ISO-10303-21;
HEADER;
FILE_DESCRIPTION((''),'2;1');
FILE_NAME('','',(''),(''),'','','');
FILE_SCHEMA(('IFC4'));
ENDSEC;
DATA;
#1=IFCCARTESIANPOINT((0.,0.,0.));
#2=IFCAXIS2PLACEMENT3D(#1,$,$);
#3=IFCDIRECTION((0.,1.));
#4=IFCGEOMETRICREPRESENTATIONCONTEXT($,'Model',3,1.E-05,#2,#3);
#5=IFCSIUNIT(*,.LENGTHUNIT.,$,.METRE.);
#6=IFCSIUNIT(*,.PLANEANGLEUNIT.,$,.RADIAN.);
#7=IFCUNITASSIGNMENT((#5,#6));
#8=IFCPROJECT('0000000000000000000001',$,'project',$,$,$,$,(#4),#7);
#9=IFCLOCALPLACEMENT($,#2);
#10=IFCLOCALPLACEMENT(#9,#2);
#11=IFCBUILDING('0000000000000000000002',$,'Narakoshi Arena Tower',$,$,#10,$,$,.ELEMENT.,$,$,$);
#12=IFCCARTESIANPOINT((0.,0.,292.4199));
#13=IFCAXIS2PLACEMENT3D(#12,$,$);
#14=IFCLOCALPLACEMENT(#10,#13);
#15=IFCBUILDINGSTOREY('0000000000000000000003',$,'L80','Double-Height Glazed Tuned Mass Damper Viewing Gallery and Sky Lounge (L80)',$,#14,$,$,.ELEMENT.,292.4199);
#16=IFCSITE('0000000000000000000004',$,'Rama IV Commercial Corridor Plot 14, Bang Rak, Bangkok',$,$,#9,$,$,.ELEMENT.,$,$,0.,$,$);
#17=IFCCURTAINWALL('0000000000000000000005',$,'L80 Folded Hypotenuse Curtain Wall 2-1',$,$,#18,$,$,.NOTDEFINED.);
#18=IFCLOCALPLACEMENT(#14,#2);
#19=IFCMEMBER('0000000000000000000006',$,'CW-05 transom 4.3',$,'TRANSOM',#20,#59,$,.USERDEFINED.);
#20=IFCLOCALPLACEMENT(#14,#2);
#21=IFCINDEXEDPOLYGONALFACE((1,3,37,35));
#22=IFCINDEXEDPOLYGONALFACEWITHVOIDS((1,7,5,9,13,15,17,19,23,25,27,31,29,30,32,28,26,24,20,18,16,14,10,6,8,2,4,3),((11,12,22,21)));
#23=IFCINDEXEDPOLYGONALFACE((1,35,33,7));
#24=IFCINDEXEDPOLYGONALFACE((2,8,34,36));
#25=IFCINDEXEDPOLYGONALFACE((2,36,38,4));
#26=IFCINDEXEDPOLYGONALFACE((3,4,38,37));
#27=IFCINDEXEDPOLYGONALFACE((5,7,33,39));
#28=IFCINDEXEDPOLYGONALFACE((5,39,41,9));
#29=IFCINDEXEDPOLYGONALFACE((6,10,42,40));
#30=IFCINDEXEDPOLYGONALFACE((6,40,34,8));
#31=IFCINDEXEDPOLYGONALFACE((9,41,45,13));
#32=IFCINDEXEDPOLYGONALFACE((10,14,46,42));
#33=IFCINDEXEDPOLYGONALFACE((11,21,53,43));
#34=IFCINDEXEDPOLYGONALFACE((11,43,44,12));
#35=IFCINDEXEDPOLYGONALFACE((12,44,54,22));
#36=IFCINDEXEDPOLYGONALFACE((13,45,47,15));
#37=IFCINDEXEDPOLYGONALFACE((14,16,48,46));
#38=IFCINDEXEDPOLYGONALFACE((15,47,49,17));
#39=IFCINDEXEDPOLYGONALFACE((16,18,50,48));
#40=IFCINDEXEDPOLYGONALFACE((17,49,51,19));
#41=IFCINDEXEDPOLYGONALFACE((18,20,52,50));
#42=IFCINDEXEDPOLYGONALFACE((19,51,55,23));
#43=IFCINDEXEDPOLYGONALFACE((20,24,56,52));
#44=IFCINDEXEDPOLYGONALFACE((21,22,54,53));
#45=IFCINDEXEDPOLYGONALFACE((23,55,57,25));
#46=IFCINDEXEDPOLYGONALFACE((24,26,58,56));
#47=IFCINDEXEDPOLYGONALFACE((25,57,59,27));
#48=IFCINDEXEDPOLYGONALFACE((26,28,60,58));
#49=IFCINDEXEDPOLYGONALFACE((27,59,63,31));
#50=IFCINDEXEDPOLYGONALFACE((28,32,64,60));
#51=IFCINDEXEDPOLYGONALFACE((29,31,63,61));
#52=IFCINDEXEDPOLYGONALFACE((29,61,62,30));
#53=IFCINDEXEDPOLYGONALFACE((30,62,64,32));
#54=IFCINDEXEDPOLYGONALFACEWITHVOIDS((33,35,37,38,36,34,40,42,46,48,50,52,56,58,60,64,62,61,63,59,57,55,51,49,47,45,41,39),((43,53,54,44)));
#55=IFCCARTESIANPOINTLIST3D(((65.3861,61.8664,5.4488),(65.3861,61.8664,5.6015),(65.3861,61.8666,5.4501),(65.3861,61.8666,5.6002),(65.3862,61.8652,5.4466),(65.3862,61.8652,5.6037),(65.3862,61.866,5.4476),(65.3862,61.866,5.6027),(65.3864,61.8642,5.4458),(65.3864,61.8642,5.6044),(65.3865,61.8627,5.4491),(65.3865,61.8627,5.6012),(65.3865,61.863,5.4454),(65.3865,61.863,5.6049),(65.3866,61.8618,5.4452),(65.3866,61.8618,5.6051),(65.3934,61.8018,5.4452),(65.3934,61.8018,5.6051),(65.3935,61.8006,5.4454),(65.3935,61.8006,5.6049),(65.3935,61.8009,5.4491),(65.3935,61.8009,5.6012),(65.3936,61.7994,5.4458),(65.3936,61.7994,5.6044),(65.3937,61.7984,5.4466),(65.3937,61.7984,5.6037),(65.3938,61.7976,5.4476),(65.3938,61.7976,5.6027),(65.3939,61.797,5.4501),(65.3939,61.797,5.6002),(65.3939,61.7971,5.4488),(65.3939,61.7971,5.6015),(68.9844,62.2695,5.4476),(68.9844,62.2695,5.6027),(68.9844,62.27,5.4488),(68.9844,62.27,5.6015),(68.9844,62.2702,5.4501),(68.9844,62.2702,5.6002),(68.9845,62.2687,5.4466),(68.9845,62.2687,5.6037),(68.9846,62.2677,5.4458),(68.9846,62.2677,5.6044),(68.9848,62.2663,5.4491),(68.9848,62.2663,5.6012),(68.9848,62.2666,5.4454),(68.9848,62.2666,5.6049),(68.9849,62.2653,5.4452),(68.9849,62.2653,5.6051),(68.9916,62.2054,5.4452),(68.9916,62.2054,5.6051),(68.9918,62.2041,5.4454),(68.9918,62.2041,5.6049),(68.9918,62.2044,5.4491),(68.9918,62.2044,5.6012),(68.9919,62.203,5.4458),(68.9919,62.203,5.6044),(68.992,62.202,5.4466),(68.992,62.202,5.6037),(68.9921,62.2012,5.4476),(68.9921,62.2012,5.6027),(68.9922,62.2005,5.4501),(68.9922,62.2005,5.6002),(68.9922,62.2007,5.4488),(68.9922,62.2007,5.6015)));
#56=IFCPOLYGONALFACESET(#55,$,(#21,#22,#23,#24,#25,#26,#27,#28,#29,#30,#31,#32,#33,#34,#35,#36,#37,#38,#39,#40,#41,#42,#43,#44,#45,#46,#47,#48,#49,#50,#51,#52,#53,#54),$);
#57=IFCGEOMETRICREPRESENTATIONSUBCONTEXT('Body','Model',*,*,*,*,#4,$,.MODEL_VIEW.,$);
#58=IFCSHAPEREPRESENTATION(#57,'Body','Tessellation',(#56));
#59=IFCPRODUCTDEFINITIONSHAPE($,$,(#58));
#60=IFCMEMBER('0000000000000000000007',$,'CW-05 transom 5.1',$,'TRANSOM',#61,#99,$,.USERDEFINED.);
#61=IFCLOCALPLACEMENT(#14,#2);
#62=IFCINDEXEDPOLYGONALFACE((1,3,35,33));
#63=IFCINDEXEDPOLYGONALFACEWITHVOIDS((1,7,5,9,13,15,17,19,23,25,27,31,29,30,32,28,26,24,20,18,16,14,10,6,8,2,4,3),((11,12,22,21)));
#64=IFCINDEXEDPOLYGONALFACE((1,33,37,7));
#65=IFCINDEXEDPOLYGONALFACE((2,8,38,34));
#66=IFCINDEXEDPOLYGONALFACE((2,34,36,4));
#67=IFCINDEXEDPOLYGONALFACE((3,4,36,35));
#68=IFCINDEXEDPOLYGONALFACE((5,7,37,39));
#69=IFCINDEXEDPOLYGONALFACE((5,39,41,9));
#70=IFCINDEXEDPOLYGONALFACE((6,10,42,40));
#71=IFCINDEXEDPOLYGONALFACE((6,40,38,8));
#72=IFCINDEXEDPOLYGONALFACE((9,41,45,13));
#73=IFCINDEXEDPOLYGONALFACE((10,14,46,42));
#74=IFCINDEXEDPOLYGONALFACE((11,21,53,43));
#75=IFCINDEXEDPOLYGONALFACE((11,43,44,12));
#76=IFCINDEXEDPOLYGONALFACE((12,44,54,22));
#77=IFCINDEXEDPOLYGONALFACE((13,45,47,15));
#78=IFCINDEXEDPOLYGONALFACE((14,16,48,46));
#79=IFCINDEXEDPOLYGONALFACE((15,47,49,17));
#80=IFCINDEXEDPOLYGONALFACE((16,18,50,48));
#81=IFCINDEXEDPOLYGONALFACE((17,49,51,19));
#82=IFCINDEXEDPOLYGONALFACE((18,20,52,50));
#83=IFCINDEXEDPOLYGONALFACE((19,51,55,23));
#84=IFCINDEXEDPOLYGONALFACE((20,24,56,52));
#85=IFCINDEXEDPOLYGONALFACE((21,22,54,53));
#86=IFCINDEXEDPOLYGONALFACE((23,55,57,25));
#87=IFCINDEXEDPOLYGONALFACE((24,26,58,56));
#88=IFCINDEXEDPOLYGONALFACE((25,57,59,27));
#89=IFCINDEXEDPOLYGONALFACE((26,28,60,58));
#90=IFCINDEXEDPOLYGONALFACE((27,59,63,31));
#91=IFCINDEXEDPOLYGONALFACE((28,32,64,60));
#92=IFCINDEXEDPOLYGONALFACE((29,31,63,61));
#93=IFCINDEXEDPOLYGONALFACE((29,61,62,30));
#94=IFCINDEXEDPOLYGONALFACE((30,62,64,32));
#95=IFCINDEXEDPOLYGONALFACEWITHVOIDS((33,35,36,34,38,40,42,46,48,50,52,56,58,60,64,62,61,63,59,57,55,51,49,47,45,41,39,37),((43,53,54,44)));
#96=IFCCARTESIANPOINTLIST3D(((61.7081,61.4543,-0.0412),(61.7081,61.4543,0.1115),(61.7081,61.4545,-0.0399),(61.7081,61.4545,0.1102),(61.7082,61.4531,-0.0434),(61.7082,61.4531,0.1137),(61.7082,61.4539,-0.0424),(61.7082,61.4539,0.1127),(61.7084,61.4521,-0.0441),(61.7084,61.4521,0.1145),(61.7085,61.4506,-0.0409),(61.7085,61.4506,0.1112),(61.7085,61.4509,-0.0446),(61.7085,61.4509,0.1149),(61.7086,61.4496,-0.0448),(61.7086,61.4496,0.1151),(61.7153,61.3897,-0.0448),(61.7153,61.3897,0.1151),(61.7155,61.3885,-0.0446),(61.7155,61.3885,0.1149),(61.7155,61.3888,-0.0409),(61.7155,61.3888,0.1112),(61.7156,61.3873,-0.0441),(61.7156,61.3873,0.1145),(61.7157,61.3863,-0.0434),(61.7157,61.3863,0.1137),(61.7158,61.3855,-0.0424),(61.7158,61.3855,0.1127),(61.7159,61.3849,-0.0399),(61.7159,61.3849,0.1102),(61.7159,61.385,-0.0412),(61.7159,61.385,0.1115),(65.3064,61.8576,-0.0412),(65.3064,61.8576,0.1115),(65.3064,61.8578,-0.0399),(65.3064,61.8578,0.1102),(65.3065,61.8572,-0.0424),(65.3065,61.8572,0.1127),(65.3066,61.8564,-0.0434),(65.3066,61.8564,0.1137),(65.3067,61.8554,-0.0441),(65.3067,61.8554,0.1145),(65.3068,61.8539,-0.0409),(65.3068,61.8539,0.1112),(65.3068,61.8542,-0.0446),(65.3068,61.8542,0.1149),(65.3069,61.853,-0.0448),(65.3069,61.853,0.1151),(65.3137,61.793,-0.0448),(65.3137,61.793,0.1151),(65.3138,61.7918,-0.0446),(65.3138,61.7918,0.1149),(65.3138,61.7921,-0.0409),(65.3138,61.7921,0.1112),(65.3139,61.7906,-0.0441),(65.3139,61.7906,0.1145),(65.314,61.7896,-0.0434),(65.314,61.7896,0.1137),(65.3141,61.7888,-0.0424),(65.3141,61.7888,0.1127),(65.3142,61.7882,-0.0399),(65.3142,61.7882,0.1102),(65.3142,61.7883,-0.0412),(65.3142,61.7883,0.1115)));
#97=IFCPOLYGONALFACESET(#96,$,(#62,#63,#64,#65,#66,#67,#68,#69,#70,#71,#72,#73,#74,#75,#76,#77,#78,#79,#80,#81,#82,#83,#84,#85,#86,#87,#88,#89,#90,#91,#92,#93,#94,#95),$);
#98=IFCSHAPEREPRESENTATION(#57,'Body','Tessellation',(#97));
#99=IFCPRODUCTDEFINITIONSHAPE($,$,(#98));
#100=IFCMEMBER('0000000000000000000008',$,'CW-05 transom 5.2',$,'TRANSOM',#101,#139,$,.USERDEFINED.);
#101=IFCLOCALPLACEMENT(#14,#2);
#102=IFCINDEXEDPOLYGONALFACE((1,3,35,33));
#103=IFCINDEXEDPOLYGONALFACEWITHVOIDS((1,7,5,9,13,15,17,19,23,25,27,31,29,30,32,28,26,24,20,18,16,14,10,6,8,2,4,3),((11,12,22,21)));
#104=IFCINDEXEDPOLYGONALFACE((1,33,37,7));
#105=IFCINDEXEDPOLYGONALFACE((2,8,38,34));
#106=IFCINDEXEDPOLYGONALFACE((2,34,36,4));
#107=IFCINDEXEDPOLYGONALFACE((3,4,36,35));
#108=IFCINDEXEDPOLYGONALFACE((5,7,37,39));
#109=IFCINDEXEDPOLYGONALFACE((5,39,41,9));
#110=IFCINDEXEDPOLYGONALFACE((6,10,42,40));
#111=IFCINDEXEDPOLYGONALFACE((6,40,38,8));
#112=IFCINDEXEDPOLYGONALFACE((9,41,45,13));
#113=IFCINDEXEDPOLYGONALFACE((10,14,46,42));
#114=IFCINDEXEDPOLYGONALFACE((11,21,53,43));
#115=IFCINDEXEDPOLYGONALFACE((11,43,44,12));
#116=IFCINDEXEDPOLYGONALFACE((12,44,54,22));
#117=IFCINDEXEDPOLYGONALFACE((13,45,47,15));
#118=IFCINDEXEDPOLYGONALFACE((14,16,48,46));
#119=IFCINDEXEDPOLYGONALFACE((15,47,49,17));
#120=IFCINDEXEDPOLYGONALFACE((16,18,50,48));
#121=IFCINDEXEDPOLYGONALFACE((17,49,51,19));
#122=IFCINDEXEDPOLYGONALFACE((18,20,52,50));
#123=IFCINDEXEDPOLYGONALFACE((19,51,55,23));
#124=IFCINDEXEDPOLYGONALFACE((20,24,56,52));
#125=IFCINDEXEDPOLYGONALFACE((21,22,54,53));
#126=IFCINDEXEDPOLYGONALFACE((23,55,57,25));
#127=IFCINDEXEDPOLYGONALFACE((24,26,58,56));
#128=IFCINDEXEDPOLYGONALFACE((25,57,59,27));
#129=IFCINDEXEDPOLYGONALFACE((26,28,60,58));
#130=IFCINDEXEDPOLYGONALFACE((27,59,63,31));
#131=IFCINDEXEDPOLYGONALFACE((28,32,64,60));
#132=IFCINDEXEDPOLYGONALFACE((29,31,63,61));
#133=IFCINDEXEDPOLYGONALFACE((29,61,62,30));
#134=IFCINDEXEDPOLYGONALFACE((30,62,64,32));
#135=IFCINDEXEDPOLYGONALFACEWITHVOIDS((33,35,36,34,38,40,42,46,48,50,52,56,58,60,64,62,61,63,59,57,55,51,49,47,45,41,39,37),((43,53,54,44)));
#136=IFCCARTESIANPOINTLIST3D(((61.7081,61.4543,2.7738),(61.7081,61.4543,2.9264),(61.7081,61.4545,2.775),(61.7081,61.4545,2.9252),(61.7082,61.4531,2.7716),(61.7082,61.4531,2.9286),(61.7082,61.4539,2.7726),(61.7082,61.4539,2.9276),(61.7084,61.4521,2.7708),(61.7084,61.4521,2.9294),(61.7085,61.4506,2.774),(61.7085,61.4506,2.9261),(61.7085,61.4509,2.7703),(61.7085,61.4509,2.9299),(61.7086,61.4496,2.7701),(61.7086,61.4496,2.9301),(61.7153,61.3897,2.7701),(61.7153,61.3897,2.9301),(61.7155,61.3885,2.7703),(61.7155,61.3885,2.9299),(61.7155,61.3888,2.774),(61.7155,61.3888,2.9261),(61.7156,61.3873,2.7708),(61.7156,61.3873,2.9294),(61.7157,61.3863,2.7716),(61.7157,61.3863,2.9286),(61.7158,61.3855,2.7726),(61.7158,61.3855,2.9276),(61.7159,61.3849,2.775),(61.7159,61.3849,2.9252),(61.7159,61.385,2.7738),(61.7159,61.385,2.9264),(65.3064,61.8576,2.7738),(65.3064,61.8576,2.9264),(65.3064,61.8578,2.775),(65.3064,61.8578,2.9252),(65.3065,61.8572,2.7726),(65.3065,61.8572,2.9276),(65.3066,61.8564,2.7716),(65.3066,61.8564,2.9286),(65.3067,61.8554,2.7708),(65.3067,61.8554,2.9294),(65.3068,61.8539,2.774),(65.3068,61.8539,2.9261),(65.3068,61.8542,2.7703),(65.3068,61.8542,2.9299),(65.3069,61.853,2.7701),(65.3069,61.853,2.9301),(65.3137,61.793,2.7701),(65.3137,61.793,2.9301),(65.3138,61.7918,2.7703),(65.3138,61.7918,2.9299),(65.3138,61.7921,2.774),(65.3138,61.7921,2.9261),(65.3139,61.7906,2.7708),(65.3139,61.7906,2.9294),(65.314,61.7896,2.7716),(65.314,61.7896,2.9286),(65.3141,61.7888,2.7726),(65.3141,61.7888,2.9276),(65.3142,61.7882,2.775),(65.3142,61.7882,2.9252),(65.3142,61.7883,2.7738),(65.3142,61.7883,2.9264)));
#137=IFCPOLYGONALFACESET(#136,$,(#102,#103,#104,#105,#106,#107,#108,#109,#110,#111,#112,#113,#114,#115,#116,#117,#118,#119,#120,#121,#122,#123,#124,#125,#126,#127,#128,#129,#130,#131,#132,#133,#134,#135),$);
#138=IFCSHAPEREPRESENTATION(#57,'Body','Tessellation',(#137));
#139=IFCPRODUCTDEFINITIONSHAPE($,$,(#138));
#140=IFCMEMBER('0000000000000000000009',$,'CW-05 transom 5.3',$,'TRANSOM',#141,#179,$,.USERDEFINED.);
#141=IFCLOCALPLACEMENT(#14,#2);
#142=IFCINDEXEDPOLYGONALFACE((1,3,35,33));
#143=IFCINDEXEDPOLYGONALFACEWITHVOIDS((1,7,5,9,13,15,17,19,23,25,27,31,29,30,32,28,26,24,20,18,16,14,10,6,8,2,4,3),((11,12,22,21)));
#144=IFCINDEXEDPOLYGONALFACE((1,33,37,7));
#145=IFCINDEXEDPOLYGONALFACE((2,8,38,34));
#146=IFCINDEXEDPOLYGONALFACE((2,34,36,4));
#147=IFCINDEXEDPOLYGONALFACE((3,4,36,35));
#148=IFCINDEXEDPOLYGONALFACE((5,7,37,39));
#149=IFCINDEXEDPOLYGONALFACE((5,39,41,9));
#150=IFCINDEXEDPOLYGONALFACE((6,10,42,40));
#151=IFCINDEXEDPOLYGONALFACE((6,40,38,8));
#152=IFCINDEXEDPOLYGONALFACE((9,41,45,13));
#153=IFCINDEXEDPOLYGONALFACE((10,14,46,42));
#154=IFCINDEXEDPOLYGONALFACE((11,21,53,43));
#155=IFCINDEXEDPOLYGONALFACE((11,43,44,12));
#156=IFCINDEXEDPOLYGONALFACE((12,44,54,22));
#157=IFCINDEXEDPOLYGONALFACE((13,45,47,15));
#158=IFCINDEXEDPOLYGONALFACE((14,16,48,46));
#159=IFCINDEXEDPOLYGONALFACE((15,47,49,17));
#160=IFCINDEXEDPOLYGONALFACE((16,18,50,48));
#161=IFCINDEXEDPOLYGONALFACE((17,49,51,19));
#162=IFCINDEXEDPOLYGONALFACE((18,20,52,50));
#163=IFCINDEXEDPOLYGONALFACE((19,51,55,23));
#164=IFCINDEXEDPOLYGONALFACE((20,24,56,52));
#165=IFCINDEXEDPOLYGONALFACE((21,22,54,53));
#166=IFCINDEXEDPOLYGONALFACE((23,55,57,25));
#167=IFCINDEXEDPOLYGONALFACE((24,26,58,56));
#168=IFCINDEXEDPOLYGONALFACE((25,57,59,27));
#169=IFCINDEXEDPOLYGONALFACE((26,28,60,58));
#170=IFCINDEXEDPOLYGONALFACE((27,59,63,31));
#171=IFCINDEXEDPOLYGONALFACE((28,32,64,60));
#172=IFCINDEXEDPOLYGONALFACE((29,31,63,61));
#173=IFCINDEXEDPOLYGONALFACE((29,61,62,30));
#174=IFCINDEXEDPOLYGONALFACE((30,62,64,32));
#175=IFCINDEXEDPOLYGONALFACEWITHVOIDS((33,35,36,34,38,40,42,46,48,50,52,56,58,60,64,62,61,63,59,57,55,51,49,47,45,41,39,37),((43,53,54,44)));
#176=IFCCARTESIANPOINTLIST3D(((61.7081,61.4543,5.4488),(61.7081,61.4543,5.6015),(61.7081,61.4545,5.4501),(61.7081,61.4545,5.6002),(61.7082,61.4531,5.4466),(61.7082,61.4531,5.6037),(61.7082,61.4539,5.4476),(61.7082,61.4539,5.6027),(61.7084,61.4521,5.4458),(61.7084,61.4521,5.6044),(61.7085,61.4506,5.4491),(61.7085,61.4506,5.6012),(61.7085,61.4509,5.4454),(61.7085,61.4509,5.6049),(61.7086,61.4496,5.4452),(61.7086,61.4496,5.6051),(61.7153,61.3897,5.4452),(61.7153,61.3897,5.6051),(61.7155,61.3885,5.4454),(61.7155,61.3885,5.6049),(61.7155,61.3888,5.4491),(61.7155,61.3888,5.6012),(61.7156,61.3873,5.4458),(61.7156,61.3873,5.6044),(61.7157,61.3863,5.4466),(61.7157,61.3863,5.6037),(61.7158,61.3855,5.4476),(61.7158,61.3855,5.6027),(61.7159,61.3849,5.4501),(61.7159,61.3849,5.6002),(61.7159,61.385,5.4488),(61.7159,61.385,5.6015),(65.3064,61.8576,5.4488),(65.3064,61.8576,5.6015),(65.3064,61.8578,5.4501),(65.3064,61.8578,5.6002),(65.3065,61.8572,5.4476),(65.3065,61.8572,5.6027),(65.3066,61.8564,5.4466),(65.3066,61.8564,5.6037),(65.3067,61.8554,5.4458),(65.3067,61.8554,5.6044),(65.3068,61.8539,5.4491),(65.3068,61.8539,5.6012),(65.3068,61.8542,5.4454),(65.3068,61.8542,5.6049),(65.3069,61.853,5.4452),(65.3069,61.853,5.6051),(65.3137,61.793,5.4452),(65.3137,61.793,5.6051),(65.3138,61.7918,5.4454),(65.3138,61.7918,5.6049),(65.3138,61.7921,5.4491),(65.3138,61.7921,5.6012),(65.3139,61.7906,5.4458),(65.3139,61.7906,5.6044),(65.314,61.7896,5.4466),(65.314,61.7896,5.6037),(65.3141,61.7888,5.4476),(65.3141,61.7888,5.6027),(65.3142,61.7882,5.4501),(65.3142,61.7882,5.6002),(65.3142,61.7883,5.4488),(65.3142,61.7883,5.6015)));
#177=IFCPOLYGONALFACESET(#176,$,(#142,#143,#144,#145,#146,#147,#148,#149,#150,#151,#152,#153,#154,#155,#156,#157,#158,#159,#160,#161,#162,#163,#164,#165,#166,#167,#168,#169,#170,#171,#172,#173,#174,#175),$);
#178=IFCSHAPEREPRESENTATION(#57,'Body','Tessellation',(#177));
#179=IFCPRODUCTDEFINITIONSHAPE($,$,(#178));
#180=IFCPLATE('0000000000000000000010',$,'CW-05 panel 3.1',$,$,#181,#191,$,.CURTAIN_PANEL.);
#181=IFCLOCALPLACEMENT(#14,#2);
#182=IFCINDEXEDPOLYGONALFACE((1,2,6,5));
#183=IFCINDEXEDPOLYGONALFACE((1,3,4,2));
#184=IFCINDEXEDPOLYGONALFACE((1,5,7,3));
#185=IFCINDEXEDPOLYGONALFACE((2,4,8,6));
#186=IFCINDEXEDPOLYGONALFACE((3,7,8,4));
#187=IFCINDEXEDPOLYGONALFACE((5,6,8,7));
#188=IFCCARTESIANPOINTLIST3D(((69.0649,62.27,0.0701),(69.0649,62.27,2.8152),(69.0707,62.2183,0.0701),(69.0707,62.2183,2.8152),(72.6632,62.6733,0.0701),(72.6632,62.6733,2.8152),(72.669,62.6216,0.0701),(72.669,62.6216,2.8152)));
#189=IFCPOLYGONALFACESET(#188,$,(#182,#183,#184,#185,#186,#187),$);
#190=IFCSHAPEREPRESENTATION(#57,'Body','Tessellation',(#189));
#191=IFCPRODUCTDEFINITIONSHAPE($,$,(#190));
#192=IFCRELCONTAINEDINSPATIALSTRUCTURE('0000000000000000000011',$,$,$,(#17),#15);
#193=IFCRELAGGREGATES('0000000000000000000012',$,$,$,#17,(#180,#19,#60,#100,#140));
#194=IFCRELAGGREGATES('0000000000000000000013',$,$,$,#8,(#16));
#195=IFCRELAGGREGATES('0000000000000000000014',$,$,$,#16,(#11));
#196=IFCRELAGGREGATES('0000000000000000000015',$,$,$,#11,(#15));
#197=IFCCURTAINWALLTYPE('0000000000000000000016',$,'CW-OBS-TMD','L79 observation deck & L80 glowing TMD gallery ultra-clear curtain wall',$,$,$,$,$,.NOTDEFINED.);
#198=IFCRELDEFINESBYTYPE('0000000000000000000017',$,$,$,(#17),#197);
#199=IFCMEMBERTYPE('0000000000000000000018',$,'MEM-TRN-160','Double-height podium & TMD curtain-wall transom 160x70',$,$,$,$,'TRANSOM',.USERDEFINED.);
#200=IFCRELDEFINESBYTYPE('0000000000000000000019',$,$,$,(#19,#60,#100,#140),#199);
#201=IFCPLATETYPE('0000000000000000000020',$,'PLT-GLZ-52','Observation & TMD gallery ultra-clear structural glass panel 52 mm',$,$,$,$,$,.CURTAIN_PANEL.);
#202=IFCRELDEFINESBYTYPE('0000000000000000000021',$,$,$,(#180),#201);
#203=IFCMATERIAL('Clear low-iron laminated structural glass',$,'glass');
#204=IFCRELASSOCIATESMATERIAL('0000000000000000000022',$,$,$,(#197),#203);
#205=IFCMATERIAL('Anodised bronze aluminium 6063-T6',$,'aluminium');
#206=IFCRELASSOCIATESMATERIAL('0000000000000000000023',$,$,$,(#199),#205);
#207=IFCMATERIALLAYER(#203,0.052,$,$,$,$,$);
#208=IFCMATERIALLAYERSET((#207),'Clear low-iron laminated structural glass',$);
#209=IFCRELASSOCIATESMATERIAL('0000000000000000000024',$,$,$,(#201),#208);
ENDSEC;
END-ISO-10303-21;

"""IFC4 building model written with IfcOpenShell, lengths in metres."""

from ifc_helpers import new_model, si_unit, direction, frame, origin, origin_2d, place, context, subcontext, project, spatial, rectangle, hollow_rectangle, extrude, material, layer, layer_set, material_profile, profile_set, type_object, element, aggregate, save


model = new_model("IFC4")

# Units and contexts
model_context = context("Model", 3, precision=1e-05, world=origin(), true_north=direction((0.0, 1.0)))
body_context = subcontext(model_context, "Body", "Model", "MODEL_VIEW")
ifc_project = project(units=[si_unit("LENGTHUNIT", "METRE"), si_unit("PLANEANGLEUNIT", "RADIAN")], contexts=[model_context])

# Site, building, storey
site_placement = place(None, origin())
site = spatial("IfcSite", under=ifc_project, at=site_placement, Name="Rama IV Commercial Corridor Plot 14, Bang Rak, Bangkok", CompositionType="ELEMENT", RefElevation=0.0)
building_placement = place(site_placement, origin())
building = spatial("IfcBuilding", under=site, at=building_placement, Name="Narakoshi Arena Tower", CompositionType="ELEMENT")
storey_placement = place(building_placement, frame((0.0, 0.0, 292.4199)))
storey = spatial("IfcBuildingStorey", under=building, at=storey_placement, Name="L80", Description="Double-Height Glazed Tuned Mass Damper Viewing Gallery and Sky Lounge (L80)", CompositionType="ELEMENT", Elevation=292.4199)

# Curtain wall, members, plate
ifc_material_1 = material(Name="Clear low-iron laminated structural glass", Category="glass")
curtain_wall_type = type_object("IfcCurtainWallType", Name="CW-OBS-TMD", Description="L79 observation deck & L80 glowing TMD gallery ultra-clear curtain wall", PredefinedType="NOTDEFINED", material=ifc_material_1)
curtain_wall_placement = place(storey_placement, origin())
curtain_wall = element("IfcCurtainWall", 1, at=curtain_wall_placement, inside=storey, type_object=curtain_wall_type, Name="L80 Folded Hypotenuse Curtain Wall 2-1", PredefinedType="NOTDEFINED")
ifc_material_2 = material(Name="Anodised bronze aluminium 6063-T6", Category="aluminium")
ifc_material_profile_1 = material_profile(ifc_material_2, hollow_rectangle(XDim=0.0701, YDim=0.1599, WallThickness=0.0039, OuterFilletRadius=0.0049, at=origin_2d()), Name="TRN160x70x4")
ifc_profile_set_1 = profile_set([ifc_material_profile_1], Name="Anodised bronze aluminium 6063-T6")
member_type_1 = type_object("IfcMemberType", Name="MEM-TRN-160", Description="Double-height podium & TMD curtain-wall transom 160x70", ElementType="TRANSOM", PredefinedType="USERDEFINED", material=ifc_profile_set_1)
member_1_placement = place(storey_placement, frame((68.9883, 62.2354, 5.5251), z_axis=(-0.99377, -0.111453, 0.0), x_axis=(0.111453, -0.99377, 0.0)))
member_1 = element("IfcMember", 2, at=member_1_placement, type_object=member_type_1, Name="CW-05 transom 4.3", ObjectType="TRANSOM", PredefinedType="USERDEFINED", context=body_context, shape_type="SweptSolid", body=[
    extrude(hollow_rectangle(XDim=0.0701, YDim=0.1599, WallThickness=0.0039, OuterFilletRadius=0.0049, at=origin_2d()), origin(), (0.0, 0.0, 1.0), 3.6208),
])
member_2_placement = place(storey_placement, frame((65.3103, 61.823, 0.0352), z_axis=(-0.993777, -0.111386, 0.0), x_axis=(0.111386, -0.993777, 0.0)))
member_2 = element("IfcMember", 3, at=member_2_placement, type_object=member_type_1, Name="CW-05 transom 5.1", ObjectType="TRANSOM", PredefinedType="USERDEFINED", context=body_context, shape_type="SweptSolid", body=[
    extrude(hollow_rectangle(XDim=0.0701, YDim=0.1599, WallThickness=0.0039, OuterFilletRadius=0.0049, at=origin_2d()), origin(), (0.0, 0.0, 1.0), 3.6208),
])
member_3_placement = place(storey_placement, frame((65.3103, 61.823, 2.8501), z_axis=(-0.993777, -0.111386, 0.0), x_axis=(0.111386, -0.993777, 0.0)))
member_3 = element("IfcMember", 4, at=member_3_placement, type_object=member_type_1, Name="CW-05 transom 5.2", ObjectType="TRANSOM", PredefinedType="USERDEFINED", context=body_context, shape_type="SweptSolid", body=[
    extrude(hollow_rectangle(XDim=0.0701, YDim=0.1599, WallThickness=0.0039, OuterFilletRadius=0.0049, at=origin_2d()), origin(), (0.0, 0.0, 1.0), 3.6208),
])
member_4_placement = place(storey_placement, frame((65.3103, 61.823, 5.5251), z_axis=(-0.993777, -0.111386, 0.0), x_axis=(0.111386, -0.993777, 0.0)))
member_4 = element("IfcMember", 5, at=member_4_placement, type_object=member_type_1, Name="CW-05 transom 5.3", ObjectType="TRANSOM", PredefinedType="USERDEFINED", context=body_context, shape_type="SweptSolid", body=[
    extrude(hollow_rectangle(XDim=0.0701, YDim=0.1599, WallThickness=0.0039, OuterFilletRadius=0.0049, at=origin_2d()), origin(), (0.0, 0.0, 1.0), 3.6208),
])
ifc_layer_1 = layer(ifc_material_1, 0.052)
ifc_layer_set_1 = layer_set([ifc_layer_1], Name="Clear low-iron laminated structural glass")
plate_type = type_object("IfcPlateType", Name="PLT-GLZ-52", Description="Observation & TMD gallery ultra-clear structural glass panel 52 mm", PredefinedType="CURTAIN_PANEL", material=ifc_layer_set_1)
plate_1_placement = place(storey_placement, frame((70.8669, 62.4458, 0.0701), z_axis=(0.0, 0.0, 1.0), x_axis=(-0.993776, -0.111397, 0.0)))
plate_1 = element("IfcPlate", 6, at=plate_1_placement, type_object=plate_type, Name="CW-05 panel 3.1", PredefinedType="CURTAIN_PANEL", context=body_context, shape_type="SweptSolid", body=[
    extrude(rectangle(XDim=3.6208, YDim=0.052, at=origin_2d()), origin(), (0.0, 0.0, 1.0), 2.7451),
])
aggregate(curtain_wall, [plate_1, member_1, member_2, member_3, member_4])

save(model, "model.ifc")
